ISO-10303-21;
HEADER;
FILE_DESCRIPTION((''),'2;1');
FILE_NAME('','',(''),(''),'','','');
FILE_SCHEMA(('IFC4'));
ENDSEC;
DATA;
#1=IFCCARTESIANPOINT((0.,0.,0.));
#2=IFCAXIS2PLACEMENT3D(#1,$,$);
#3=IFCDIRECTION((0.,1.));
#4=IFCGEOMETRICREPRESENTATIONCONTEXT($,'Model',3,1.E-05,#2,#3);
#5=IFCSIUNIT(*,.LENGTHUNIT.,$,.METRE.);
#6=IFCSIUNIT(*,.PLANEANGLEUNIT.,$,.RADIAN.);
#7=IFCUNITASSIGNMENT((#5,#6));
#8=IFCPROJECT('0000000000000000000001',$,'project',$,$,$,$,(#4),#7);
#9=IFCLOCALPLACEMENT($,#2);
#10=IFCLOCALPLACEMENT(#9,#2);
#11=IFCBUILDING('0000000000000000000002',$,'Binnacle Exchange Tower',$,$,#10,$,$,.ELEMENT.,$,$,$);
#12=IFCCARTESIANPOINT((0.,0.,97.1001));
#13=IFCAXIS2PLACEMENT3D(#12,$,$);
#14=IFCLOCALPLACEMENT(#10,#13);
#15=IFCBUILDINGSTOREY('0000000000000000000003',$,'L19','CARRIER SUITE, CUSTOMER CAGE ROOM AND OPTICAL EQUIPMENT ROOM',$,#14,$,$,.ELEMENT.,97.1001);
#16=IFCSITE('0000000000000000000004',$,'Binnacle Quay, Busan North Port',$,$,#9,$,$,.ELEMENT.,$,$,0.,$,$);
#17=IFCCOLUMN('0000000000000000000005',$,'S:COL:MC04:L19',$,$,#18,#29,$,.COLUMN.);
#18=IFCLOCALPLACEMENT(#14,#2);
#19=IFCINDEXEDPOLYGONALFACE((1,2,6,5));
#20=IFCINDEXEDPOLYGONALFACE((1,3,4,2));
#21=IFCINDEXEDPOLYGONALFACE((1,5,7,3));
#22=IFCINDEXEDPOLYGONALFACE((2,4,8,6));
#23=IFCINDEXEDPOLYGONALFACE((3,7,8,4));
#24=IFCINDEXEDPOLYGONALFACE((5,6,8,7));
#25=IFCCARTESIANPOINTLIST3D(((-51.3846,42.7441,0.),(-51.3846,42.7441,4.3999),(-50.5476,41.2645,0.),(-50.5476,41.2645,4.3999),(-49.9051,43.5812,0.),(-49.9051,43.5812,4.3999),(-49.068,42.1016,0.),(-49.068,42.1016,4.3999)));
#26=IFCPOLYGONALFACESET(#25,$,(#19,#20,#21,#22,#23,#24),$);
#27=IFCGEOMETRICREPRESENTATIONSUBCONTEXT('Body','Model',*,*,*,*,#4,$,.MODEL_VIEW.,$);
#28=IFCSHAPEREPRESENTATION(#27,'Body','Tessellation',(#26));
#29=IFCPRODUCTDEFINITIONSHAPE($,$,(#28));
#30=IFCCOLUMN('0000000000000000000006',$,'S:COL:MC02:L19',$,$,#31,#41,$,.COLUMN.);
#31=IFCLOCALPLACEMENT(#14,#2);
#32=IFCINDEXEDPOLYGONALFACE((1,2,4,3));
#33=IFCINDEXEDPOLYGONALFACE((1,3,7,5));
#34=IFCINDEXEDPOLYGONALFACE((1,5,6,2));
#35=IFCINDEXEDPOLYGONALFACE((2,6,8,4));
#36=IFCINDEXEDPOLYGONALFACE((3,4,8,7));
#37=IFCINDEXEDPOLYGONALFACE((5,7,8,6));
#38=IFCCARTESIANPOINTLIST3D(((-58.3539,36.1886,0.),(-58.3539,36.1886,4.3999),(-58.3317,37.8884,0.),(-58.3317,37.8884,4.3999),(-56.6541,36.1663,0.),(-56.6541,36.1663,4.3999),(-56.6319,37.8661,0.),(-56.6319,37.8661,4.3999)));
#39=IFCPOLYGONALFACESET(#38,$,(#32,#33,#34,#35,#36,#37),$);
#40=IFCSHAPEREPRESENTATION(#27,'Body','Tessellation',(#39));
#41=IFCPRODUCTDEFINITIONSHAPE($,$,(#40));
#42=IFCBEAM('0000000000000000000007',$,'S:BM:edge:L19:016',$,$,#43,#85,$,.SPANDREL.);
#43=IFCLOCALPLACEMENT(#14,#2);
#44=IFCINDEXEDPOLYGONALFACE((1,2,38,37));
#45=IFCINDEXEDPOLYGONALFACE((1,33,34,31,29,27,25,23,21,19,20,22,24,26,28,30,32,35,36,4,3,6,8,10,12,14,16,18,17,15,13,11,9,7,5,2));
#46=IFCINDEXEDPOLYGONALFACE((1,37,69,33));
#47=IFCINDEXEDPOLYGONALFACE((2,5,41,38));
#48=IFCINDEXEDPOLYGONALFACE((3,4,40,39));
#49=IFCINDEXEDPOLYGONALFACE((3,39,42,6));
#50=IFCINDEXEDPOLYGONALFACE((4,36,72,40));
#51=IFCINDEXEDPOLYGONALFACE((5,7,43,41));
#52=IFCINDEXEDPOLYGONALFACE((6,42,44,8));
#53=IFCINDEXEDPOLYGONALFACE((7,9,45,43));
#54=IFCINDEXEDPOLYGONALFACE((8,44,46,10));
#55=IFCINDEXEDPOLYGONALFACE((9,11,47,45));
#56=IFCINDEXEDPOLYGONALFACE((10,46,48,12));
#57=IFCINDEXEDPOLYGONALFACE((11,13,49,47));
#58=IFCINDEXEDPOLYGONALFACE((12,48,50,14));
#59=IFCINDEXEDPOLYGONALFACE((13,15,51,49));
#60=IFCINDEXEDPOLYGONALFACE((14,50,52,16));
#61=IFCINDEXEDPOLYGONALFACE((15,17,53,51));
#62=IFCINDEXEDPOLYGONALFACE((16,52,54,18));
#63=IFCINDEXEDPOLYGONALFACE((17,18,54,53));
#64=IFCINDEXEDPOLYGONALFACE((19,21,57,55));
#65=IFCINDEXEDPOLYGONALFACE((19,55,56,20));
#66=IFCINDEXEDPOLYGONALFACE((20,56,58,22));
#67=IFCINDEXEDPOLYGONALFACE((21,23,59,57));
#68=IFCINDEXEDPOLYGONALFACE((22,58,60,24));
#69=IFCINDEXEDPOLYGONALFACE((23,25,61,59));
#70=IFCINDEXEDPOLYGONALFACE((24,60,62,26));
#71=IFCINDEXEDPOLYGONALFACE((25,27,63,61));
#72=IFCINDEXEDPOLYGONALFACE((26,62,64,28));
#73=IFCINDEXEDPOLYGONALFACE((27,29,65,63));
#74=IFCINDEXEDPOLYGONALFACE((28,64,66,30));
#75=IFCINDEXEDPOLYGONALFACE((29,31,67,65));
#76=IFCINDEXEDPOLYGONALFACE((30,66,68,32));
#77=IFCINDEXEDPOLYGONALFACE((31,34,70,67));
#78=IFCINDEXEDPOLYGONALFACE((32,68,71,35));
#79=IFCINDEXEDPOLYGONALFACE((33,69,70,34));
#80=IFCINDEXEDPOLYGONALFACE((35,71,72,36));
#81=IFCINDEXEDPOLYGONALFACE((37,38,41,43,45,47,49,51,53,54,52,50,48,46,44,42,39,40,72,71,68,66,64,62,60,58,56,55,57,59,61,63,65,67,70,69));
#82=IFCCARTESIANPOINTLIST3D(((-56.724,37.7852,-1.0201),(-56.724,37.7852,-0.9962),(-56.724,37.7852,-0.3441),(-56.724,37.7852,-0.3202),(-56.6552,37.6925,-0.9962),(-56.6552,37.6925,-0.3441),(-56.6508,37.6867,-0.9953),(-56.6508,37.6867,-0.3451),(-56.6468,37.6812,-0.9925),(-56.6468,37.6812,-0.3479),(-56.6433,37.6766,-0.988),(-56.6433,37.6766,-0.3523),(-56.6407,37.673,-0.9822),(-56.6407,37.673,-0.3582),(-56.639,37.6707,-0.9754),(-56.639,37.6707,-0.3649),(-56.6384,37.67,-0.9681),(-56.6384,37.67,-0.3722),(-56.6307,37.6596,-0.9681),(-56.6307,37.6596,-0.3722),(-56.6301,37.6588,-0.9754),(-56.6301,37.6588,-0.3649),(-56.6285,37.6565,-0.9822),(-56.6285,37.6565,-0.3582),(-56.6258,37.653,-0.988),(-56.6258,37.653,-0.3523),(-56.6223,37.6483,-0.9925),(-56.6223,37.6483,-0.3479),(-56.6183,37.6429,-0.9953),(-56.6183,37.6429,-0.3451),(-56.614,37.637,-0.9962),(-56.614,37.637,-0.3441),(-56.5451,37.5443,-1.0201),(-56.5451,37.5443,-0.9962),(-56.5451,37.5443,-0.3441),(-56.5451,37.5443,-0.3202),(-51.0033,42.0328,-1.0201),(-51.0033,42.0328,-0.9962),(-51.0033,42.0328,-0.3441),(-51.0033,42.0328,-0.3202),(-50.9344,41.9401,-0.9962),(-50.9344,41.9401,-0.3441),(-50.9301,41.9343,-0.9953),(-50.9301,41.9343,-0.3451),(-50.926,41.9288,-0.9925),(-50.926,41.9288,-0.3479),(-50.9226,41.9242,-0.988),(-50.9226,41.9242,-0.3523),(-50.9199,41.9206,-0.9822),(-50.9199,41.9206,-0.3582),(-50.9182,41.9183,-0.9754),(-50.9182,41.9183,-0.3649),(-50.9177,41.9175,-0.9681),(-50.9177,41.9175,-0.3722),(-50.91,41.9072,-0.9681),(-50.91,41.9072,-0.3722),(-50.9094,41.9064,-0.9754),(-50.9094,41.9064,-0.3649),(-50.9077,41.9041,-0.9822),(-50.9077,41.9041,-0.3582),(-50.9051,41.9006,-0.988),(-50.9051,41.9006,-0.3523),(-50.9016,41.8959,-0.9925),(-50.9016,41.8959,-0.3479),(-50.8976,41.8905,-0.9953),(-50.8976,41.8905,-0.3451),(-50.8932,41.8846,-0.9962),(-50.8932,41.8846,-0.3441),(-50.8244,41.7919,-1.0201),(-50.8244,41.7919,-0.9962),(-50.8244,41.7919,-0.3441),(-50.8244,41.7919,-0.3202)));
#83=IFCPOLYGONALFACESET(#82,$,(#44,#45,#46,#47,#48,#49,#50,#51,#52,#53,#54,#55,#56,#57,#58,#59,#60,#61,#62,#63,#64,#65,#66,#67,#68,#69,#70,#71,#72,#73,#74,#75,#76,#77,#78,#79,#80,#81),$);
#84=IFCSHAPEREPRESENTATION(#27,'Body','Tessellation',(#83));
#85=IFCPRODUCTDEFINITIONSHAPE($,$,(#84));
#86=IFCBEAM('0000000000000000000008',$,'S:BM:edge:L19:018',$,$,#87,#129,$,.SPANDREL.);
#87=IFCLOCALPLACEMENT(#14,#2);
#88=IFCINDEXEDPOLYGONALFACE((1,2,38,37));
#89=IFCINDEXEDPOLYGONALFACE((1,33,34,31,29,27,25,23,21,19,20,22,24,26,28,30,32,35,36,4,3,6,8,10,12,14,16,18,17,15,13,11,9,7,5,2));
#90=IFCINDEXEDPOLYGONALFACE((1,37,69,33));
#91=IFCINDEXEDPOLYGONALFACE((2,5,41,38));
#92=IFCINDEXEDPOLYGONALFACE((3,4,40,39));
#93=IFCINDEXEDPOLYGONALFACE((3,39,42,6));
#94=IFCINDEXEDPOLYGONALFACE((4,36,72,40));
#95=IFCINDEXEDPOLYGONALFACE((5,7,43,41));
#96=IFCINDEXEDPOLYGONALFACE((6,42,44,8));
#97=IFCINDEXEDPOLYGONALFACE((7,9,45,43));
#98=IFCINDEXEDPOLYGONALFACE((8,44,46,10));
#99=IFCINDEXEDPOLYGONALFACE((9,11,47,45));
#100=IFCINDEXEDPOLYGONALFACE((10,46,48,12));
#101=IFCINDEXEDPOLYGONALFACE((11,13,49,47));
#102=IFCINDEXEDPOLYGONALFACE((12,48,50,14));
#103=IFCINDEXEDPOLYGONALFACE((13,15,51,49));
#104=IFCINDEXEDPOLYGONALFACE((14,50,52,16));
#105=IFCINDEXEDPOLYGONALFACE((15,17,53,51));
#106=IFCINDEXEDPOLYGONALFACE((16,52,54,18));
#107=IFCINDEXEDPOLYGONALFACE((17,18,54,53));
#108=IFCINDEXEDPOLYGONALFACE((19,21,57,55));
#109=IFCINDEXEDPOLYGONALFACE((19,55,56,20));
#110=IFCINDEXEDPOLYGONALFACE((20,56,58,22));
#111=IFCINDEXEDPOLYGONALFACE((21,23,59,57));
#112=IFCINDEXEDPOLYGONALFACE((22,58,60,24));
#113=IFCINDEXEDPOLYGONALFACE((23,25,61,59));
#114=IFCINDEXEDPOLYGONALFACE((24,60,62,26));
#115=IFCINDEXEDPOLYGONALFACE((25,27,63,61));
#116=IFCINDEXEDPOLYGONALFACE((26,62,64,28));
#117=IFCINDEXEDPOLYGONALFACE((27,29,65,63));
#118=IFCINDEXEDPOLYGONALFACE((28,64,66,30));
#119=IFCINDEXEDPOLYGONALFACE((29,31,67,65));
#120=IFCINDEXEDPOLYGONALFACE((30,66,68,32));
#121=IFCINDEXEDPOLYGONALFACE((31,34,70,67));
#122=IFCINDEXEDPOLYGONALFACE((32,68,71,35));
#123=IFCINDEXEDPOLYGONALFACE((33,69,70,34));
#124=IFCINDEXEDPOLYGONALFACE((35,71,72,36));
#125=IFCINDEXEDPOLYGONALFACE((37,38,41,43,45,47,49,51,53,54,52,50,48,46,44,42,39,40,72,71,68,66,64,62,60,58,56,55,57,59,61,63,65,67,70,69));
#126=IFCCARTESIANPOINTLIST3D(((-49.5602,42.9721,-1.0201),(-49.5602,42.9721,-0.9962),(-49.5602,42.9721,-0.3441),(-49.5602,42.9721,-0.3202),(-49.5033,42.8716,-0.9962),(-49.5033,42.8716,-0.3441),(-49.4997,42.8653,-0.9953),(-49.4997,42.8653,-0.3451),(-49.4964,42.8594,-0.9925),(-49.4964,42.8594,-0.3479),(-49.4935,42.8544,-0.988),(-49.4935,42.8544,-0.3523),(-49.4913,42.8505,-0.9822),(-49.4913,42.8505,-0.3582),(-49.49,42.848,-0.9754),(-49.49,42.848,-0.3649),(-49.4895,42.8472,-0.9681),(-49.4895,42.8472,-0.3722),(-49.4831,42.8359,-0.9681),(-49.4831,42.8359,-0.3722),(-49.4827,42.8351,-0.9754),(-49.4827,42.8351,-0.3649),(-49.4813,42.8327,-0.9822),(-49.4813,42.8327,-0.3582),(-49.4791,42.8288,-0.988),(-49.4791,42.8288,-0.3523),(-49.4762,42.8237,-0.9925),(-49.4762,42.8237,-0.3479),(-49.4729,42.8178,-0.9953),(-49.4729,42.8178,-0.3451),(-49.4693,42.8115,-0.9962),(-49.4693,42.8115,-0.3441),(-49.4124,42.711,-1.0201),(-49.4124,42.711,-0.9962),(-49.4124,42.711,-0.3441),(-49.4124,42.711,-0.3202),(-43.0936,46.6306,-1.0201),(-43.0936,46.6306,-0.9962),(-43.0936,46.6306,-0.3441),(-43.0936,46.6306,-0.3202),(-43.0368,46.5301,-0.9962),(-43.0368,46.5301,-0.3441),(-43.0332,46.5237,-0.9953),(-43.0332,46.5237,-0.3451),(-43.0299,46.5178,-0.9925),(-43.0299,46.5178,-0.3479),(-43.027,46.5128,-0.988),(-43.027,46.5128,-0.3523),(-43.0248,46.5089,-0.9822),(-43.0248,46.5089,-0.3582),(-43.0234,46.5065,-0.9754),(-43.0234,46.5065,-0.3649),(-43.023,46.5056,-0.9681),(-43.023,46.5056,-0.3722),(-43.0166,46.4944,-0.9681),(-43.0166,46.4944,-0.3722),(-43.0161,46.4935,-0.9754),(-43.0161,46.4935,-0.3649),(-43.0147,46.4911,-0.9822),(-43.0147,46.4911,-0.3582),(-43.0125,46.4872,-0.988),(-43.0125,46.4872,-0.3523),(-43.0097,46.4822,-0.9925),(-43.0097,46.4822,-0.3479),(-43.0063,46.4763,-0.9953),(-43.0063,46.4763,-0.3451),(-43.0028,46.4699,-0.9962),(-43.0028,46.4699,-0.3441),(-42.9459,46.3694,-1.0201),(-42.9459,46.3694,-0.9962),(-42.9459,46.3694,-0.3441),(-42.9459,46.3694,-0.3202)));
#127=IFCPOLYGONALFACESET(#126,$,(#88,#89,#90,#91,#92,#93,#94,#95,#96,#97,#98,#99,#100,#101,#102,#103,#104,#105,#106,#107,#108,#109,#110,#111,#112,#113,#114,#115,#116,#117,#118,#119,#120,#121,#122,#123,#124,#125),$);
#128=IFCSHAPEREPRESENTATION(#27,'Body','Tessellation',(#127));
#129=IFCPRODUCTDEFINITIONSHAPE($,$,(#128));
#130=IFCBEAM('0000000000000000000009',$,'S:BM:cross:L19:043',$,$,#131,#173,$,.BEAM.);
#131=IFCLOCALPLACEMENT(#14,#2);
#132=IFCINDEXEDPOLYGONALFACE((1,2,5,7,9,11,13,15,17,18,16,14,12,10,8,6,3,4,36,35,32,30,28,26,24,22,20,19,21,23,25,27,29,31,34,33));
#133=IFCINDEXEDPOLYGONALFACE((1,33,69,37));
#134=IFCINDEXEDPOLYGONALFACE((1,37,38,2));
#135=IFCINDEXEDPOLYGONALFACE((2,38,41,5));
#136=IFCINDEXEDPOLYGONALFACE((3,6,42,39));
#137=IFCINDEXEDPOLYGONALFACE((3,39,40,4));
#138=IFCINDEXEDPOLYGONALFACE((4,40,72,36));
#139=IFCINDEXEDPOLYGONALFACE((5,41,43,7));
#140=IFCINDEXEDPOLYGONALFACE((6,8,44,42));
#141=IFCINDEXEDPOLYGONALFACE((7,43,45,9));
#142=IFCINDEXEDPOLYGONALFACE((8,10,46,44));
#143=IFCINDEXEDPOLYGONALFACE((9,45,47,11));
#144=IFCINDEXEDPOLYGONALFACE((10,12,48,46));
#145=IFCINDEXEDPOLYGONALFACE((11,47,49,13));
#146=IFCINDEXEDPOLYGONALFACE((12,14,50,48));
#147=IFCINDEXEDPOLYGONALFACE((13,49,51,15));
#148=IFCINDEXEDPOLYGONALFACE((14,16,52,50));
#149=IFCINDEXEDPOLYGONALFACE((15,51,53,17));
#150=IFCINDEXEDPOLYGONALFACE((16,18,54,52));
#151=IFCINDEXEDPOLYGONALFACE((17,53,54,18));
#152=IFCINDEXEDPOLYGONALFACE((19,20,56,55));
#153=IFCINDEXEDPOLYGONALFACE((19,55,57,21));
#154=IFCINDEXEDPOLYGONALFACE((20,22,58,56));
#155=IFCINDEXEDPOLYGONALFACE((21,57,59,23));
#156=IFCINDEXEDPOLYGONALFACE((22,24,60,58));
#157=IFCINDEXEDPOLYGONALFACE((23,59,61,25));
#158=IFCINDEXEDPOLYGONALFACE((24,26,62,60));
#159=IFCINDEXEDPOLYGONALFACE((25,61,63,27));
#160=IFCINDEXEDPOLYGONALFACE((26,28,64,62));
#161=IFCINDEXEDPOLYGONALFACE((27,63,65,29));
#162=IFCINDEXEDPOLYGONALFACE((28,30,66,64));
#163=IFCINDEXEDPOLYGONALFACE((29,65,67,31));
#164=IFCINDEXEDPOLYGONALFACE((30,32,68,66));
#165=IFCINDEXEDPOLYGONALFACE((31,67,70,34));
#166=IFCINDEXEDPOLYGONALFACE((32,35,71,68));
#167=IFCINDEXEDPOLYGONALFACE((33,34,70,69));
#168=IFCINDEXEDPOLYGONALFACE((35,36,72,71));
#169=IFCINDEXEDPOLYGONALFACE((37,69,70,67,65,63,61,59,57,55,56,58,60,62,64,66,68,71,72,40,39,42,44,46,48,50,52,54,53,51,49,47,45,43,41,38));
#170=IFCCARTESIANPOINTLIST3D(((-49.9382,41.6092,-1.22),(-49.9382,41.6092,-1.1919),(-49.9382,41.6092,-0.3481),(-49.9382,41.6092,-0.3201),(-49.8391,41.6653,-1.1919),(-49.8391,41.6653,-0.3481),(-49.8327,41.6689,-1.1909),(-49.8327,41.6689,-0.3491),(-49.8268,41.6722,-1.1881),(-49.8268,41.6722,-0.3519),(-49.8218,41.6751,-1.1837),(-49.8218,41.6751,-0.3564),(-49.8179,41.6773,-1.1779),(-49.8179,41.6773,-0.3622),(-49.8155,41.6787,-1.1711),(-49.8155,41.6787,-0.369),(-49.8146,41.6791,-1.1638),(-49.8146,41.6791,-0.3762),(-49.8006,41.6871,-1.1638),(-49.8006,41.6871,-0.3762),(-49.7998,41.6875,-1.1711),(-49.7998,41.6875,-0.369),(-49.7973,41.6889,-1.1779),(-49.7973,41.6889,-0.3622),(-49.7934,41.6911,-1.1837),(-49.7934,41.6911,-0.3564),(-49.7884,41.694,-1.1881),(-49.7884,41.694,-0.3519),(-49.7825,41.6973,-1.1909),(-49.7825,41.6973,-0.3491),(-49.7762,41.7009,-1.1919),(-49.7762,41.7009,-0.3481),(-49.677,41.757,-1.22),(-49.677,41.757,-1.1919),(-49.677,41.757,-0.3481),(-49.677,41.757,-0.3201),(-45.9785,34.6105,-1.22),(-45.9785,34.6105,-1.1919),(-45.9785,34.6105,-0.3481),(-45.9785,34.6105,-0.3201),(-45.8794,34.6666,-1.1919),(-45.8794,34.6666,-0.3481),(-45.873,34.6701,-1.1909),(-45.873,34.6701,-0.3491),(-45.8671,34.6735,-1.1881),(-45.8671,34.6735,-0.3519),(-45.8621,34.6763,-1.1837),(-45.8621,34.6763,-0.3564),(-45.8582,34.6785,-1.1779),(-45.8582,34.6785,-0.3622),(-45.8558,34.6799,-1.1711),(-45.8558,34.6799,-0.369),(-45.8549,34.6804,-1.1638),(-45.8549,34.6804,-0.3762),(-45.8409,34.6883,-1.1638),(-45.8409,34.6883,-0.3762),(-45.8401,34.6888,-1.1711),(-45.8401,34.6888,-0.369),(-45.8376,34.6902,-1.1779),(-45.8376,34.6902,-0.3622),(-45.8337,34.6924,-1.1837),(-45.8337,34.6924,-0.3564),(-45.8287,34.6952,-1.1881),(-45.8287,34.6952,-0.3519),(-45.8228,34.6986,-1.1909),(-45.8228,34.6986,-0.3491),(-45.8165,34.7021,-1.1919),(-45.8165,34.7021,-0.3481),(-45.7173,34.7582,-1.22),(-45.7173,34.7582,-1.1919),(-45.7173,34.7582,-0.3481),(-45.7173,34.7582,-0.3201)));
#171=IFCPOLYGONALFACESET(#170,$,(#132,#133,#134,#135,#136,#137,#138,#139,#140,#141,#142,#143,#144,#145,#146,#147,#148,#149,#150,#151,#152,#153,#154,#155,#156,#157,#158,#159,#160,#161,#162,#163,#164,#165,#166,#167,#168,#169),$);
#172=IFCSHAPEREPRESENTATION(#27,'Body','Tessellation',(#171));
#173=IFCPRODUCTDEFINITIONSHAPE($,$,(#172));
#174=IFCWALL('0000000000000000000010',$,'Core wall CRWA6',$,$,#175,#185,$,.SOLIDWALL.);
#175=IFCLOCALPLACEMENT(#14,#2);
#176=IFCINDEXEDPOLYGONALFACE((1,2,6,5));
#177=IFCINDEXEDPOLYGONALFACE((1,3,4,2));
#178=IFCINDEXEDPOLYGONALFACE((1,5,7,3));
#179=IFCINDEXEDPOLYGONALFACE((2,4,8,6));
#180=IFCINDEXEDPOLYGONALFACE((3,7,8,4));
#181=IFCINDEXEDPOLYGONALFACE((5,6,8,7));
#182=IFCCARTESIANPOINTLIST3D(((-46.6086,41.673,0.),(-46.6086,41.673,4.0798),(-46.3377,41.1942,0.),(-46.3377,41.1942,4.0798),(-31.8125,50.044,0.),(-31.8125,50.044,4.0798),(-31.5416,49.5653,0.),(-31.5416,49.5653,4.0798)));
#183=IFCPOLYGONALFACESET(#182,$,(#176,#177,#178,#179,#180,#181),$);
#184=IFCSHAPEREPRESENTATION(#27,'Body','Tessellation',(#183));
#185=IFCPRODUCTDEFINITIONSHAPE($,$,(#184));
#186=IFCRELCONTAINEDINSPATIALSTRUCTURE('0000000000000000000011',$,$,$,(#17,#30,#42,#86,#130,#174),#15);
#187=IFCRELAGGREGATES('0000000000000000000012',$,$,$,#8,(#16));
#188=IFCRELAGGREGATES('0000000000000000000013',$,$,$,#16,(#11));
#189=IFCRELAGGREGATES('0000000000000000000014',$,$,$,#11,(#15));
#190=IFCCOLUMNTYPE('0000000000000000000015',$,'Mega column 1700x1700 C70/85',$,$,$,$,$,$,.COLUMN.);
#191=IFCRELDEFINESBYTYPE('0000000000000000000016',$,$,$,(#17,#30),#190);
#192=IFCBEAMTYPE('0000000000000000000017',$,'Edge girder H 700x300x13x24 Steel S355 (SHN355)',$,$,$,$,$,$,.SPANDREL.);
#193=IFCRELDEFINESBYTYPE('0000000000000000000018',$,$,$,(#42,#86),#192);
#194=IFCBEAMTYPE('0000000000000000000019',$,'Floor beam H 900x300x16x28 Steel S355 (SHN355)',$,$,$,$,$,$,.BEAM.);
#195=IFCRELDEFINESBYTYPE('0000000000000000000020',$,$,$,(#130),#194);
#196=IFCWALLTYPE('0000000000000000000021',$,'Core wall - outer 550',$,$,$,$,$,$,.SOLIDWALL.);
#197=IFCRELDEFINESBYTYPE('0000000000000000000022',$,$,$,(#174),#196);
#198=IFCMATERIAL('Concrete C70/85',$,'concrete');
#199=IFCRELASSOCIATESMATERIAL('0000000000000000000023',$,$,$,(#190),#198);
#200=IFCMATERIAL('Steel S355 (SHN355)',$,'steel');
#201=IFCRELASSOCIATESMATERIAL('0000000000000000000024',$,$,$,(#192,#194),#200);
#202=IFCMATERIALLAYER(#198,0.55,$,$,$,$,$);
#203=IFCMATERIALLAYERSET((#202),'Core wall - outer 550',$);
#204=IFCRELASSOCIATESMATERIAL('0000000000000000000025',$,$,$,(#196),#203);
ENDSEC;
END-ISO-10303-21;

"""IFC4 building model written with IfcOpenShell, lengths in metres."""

from ifc_helpers import new_model, si_unit, direction, frame, frame_2d, origin, origin_2d, place, context, subcontext, project, spatial, rectangle, i_section, extrude, material, layer, layer_set, material_profile, profile_set, type_object, element, save


model = new_model("IFC4")

# Units and contexts
model_context = context("Model", 3, precision=1e-05, world=origin(), true_north=direction((0.0, 1.0)))
body_context = subcontext(model_context, "Body", "Model", "MODEL_VIEW")
ifc_project = project(units=[si_unit("LENGTHUNIT", "METRE"), si_unit("PLANEANGLEUNIT", "RADIAN")], contexts=[model_context])

# Site, building, storey
site_placement = place(None, origin())
site = spatial("IfcSite", under=ifc_project, at=site_placement, Name="Binnacle Quay, Busan North Port", CompositionType="ELEMENT", RefElevation=0.0)
building_placement = place(site_placement, origin())
building = spatial("IfcBuilding", under=site, at=building_placement, Name="Binnacle Exchange Tower", CompositionType="ELEMENT")
storey_placement = place(building_placement, frame((0.0, 0.0, 97.1001)))
storey = spatial("IfcBuildingStorey", under=building, at=storey_placement, Name="L19", Description="CARRIER SUITE, CUSTOMER CAGE ROOM AND OPTICAL EQUIPMENT ROOM", CompositionType="ELEMENT", Elevation=97.1001)

# Columns
ifc_material_1 = material(Name="Concrete C70/85", Category="concrete")
ifc_material_profile_1 = material_profile(ifc_material_1, rectangle(XDim=1.7, YDim=1.7, at=origin_2d()), Name="Mega column 1700x1700 C70/85")
ifc_profile_set_1 = profile_set([ifc_material_profile_1], Name="Concrete C70/85")
column_type = type_object("IfcColumnType", Name="Mega column 1700x1700 C70/85", PredefinedType="COLUMN", material=ifc_profile_set_1)
for number, where, z_axis, x_axis, name in (
    (1, (-50.2263, 42.4229, 0.0), (0.0, 0.0, 1.0), (-0.870356, -0.492424, 0.0), "S:COL:MC04:L19"),
    (2, (-57.4929, 37.0273, 0.0), (0.0, 0.0, 1.0), (-0.01309, -0.999914, 0.0), "S:COL:MC02:L19"),
):
    element("IfcColumn", number, at=place(storey_placement, frame(where, z_axis=z_axis, x_axis=x_axis)), inside=storey, type_object=column_type, Name=name, PredefinedType="COLUMN", context=body_context, shape_type="SweptSolid", body=[
        extrude(rectangle(XDim=1.7, YDim=1.7, at=origin_2d()), origin(), (0.0, 0.0, 1.0), 4.3999),
    ])

# Beams
ifc_material_2 = material(Name="Steel S355 (SHN355)", Category="steel")
ifc_material_profile_2 = material_profile(ifc_material_2, i_section(OverallWidth=0.3, OverallDepth=0.7, WebThickness=0.0129, FlangeThickness=0.0239, FilletRadius=0.0281, at=origin_2d()), Name="H 700x300x13x24")
ifc_profile_set_2 = profile_set([ifc_material_profile_2], Name="Steel S355 (SHN355)")
beam_type_1 = type_object("IfcBeamType", Name="Edge girder H 700x300x13x24 Steel S355 (SHN355)", PredefinedType="SPANDREL", material=ifc_profile_set_2)
beam_1_placement = place(storey_placement, frame((-50.9138, 41.9124, -0.6702), z_axis=(-0.802885, -0.596133, 0.0), x_axis=(0.596133, -0.802885, 0.0)))
element("IfcBeam", 3, at=beam_1_placement, inside=storey, type_object=beam_type_1, Name="S:BM:edge:L19:016", PredefinedType="SPANDREL", context=body_context, shape_type="SweptSolid", body=[
    extrude(i_section(OverallWidth=0.3, OverallDepth=0.7, WebThickness=0.0129, FlangeThickness=0.0239, FilletRadius=0.0281, at=origin_2d()), origin(), (0.0, 0.0, 1.0), 7.1252),
])
beam_2_placement = place(storey_placement, frame((-43.0198, 46.5, -0.6702), z_axis=(-0.870364, -0.492408, 0.0), x_axis=(0.492408, -0.870364, 0.0)))
element("IfcBeam", 4, at=beam_2_placement, inside=storey, type_object=beam_type_1, Name="S:BM:edge:L19:018", PredefinedType="SPANDREL", context=body_context, shape_type="SweptSolid", body=[
    extrude(i_section(OverallWidth=0.3, OverallDepth=0.7, WebThickness=0.0129, FlangeThickness=0.0239, FilletRadius=0.0281, at=origin_2d()), origin(), (0.0, 0.0, 1.0), 7.4297),
])
ifc_material_profile_3 = material_profile(ifc_material_2, i_section(OverallWidth=0.3, OverallDepth=0.8999, WebThickness=0.0161, FlangeThickness=0.0281, FilletRadius=0.0281, at=origin_2d()), Name="H 900x300x16x28")
ifc_profile_set_3 = profile_set([ifc_material_profile_3], Name="Steel S355 (SHN355)")
beam_type_2 = type_object("IfcBeamType", Name="Floor beam H 900x300x16x28 Steel S355 (SHN355)", PredefinedType="BEAM", material=ifc_profile_set_3)
beam_3_placement = place(storey_placement, frame((-49.8076, 41.6831, -0.77), z_axis=(0.492423, -0.870356, 0.0), x_axis=(0.870356, 0.492423, 0.0)))
element("IfcBeam", 5, at=beam_3_placement, inside=storey, type_object=beam_type_2, Name="S:BM:cross:L19:043", PredefinedType="BEAM", context=body_context, shape_type="SweptSolid", body=[
    extrude(i_section(OverallWidth=0.3, OverallDepth=0.8999, WebThickness=0.0161, FlangeThickness=0.0281, FilletRadius=0.0281, at=origin_2d()), origin(), (0.0, 0.0, 1.0), 8.0413),
])

# Wall
ifc_layer_1 = layer(ifc_material_1, 0.55)
ifc_layer_set_1 = layer_set([ifc_layer_1], Name="Core wall - outer 550")
wall_type_1 = type_object("IfcWallType", Name="Core wall - outer 550", PredefinedType="SOLIDWALL", material=ifc_layer_set_1)
wall_1_placement = place(storey_placement, frame((-46.4731, 41.4336, 0.0), z_axis=(0.0, 0.0, 1.0), x_axis=(0.87036, 0.492416, 0.0)))
element("IfcWall", 6, at=wall_1_placement, inside=storey, type_object=wall_type_1, Name="Core wall CRWA6", PredefinedType="SOLIDWALL", context=body_context, shape_type="SweptSolid", body=[
    extrude(rectangle(XDim=17.0, YDim=0.55, at=frame_2d((8.5, 0.0))), origin(), (0.0, 0.0, 1.0), 4.0798),
])

save(model, "model.ifc")
